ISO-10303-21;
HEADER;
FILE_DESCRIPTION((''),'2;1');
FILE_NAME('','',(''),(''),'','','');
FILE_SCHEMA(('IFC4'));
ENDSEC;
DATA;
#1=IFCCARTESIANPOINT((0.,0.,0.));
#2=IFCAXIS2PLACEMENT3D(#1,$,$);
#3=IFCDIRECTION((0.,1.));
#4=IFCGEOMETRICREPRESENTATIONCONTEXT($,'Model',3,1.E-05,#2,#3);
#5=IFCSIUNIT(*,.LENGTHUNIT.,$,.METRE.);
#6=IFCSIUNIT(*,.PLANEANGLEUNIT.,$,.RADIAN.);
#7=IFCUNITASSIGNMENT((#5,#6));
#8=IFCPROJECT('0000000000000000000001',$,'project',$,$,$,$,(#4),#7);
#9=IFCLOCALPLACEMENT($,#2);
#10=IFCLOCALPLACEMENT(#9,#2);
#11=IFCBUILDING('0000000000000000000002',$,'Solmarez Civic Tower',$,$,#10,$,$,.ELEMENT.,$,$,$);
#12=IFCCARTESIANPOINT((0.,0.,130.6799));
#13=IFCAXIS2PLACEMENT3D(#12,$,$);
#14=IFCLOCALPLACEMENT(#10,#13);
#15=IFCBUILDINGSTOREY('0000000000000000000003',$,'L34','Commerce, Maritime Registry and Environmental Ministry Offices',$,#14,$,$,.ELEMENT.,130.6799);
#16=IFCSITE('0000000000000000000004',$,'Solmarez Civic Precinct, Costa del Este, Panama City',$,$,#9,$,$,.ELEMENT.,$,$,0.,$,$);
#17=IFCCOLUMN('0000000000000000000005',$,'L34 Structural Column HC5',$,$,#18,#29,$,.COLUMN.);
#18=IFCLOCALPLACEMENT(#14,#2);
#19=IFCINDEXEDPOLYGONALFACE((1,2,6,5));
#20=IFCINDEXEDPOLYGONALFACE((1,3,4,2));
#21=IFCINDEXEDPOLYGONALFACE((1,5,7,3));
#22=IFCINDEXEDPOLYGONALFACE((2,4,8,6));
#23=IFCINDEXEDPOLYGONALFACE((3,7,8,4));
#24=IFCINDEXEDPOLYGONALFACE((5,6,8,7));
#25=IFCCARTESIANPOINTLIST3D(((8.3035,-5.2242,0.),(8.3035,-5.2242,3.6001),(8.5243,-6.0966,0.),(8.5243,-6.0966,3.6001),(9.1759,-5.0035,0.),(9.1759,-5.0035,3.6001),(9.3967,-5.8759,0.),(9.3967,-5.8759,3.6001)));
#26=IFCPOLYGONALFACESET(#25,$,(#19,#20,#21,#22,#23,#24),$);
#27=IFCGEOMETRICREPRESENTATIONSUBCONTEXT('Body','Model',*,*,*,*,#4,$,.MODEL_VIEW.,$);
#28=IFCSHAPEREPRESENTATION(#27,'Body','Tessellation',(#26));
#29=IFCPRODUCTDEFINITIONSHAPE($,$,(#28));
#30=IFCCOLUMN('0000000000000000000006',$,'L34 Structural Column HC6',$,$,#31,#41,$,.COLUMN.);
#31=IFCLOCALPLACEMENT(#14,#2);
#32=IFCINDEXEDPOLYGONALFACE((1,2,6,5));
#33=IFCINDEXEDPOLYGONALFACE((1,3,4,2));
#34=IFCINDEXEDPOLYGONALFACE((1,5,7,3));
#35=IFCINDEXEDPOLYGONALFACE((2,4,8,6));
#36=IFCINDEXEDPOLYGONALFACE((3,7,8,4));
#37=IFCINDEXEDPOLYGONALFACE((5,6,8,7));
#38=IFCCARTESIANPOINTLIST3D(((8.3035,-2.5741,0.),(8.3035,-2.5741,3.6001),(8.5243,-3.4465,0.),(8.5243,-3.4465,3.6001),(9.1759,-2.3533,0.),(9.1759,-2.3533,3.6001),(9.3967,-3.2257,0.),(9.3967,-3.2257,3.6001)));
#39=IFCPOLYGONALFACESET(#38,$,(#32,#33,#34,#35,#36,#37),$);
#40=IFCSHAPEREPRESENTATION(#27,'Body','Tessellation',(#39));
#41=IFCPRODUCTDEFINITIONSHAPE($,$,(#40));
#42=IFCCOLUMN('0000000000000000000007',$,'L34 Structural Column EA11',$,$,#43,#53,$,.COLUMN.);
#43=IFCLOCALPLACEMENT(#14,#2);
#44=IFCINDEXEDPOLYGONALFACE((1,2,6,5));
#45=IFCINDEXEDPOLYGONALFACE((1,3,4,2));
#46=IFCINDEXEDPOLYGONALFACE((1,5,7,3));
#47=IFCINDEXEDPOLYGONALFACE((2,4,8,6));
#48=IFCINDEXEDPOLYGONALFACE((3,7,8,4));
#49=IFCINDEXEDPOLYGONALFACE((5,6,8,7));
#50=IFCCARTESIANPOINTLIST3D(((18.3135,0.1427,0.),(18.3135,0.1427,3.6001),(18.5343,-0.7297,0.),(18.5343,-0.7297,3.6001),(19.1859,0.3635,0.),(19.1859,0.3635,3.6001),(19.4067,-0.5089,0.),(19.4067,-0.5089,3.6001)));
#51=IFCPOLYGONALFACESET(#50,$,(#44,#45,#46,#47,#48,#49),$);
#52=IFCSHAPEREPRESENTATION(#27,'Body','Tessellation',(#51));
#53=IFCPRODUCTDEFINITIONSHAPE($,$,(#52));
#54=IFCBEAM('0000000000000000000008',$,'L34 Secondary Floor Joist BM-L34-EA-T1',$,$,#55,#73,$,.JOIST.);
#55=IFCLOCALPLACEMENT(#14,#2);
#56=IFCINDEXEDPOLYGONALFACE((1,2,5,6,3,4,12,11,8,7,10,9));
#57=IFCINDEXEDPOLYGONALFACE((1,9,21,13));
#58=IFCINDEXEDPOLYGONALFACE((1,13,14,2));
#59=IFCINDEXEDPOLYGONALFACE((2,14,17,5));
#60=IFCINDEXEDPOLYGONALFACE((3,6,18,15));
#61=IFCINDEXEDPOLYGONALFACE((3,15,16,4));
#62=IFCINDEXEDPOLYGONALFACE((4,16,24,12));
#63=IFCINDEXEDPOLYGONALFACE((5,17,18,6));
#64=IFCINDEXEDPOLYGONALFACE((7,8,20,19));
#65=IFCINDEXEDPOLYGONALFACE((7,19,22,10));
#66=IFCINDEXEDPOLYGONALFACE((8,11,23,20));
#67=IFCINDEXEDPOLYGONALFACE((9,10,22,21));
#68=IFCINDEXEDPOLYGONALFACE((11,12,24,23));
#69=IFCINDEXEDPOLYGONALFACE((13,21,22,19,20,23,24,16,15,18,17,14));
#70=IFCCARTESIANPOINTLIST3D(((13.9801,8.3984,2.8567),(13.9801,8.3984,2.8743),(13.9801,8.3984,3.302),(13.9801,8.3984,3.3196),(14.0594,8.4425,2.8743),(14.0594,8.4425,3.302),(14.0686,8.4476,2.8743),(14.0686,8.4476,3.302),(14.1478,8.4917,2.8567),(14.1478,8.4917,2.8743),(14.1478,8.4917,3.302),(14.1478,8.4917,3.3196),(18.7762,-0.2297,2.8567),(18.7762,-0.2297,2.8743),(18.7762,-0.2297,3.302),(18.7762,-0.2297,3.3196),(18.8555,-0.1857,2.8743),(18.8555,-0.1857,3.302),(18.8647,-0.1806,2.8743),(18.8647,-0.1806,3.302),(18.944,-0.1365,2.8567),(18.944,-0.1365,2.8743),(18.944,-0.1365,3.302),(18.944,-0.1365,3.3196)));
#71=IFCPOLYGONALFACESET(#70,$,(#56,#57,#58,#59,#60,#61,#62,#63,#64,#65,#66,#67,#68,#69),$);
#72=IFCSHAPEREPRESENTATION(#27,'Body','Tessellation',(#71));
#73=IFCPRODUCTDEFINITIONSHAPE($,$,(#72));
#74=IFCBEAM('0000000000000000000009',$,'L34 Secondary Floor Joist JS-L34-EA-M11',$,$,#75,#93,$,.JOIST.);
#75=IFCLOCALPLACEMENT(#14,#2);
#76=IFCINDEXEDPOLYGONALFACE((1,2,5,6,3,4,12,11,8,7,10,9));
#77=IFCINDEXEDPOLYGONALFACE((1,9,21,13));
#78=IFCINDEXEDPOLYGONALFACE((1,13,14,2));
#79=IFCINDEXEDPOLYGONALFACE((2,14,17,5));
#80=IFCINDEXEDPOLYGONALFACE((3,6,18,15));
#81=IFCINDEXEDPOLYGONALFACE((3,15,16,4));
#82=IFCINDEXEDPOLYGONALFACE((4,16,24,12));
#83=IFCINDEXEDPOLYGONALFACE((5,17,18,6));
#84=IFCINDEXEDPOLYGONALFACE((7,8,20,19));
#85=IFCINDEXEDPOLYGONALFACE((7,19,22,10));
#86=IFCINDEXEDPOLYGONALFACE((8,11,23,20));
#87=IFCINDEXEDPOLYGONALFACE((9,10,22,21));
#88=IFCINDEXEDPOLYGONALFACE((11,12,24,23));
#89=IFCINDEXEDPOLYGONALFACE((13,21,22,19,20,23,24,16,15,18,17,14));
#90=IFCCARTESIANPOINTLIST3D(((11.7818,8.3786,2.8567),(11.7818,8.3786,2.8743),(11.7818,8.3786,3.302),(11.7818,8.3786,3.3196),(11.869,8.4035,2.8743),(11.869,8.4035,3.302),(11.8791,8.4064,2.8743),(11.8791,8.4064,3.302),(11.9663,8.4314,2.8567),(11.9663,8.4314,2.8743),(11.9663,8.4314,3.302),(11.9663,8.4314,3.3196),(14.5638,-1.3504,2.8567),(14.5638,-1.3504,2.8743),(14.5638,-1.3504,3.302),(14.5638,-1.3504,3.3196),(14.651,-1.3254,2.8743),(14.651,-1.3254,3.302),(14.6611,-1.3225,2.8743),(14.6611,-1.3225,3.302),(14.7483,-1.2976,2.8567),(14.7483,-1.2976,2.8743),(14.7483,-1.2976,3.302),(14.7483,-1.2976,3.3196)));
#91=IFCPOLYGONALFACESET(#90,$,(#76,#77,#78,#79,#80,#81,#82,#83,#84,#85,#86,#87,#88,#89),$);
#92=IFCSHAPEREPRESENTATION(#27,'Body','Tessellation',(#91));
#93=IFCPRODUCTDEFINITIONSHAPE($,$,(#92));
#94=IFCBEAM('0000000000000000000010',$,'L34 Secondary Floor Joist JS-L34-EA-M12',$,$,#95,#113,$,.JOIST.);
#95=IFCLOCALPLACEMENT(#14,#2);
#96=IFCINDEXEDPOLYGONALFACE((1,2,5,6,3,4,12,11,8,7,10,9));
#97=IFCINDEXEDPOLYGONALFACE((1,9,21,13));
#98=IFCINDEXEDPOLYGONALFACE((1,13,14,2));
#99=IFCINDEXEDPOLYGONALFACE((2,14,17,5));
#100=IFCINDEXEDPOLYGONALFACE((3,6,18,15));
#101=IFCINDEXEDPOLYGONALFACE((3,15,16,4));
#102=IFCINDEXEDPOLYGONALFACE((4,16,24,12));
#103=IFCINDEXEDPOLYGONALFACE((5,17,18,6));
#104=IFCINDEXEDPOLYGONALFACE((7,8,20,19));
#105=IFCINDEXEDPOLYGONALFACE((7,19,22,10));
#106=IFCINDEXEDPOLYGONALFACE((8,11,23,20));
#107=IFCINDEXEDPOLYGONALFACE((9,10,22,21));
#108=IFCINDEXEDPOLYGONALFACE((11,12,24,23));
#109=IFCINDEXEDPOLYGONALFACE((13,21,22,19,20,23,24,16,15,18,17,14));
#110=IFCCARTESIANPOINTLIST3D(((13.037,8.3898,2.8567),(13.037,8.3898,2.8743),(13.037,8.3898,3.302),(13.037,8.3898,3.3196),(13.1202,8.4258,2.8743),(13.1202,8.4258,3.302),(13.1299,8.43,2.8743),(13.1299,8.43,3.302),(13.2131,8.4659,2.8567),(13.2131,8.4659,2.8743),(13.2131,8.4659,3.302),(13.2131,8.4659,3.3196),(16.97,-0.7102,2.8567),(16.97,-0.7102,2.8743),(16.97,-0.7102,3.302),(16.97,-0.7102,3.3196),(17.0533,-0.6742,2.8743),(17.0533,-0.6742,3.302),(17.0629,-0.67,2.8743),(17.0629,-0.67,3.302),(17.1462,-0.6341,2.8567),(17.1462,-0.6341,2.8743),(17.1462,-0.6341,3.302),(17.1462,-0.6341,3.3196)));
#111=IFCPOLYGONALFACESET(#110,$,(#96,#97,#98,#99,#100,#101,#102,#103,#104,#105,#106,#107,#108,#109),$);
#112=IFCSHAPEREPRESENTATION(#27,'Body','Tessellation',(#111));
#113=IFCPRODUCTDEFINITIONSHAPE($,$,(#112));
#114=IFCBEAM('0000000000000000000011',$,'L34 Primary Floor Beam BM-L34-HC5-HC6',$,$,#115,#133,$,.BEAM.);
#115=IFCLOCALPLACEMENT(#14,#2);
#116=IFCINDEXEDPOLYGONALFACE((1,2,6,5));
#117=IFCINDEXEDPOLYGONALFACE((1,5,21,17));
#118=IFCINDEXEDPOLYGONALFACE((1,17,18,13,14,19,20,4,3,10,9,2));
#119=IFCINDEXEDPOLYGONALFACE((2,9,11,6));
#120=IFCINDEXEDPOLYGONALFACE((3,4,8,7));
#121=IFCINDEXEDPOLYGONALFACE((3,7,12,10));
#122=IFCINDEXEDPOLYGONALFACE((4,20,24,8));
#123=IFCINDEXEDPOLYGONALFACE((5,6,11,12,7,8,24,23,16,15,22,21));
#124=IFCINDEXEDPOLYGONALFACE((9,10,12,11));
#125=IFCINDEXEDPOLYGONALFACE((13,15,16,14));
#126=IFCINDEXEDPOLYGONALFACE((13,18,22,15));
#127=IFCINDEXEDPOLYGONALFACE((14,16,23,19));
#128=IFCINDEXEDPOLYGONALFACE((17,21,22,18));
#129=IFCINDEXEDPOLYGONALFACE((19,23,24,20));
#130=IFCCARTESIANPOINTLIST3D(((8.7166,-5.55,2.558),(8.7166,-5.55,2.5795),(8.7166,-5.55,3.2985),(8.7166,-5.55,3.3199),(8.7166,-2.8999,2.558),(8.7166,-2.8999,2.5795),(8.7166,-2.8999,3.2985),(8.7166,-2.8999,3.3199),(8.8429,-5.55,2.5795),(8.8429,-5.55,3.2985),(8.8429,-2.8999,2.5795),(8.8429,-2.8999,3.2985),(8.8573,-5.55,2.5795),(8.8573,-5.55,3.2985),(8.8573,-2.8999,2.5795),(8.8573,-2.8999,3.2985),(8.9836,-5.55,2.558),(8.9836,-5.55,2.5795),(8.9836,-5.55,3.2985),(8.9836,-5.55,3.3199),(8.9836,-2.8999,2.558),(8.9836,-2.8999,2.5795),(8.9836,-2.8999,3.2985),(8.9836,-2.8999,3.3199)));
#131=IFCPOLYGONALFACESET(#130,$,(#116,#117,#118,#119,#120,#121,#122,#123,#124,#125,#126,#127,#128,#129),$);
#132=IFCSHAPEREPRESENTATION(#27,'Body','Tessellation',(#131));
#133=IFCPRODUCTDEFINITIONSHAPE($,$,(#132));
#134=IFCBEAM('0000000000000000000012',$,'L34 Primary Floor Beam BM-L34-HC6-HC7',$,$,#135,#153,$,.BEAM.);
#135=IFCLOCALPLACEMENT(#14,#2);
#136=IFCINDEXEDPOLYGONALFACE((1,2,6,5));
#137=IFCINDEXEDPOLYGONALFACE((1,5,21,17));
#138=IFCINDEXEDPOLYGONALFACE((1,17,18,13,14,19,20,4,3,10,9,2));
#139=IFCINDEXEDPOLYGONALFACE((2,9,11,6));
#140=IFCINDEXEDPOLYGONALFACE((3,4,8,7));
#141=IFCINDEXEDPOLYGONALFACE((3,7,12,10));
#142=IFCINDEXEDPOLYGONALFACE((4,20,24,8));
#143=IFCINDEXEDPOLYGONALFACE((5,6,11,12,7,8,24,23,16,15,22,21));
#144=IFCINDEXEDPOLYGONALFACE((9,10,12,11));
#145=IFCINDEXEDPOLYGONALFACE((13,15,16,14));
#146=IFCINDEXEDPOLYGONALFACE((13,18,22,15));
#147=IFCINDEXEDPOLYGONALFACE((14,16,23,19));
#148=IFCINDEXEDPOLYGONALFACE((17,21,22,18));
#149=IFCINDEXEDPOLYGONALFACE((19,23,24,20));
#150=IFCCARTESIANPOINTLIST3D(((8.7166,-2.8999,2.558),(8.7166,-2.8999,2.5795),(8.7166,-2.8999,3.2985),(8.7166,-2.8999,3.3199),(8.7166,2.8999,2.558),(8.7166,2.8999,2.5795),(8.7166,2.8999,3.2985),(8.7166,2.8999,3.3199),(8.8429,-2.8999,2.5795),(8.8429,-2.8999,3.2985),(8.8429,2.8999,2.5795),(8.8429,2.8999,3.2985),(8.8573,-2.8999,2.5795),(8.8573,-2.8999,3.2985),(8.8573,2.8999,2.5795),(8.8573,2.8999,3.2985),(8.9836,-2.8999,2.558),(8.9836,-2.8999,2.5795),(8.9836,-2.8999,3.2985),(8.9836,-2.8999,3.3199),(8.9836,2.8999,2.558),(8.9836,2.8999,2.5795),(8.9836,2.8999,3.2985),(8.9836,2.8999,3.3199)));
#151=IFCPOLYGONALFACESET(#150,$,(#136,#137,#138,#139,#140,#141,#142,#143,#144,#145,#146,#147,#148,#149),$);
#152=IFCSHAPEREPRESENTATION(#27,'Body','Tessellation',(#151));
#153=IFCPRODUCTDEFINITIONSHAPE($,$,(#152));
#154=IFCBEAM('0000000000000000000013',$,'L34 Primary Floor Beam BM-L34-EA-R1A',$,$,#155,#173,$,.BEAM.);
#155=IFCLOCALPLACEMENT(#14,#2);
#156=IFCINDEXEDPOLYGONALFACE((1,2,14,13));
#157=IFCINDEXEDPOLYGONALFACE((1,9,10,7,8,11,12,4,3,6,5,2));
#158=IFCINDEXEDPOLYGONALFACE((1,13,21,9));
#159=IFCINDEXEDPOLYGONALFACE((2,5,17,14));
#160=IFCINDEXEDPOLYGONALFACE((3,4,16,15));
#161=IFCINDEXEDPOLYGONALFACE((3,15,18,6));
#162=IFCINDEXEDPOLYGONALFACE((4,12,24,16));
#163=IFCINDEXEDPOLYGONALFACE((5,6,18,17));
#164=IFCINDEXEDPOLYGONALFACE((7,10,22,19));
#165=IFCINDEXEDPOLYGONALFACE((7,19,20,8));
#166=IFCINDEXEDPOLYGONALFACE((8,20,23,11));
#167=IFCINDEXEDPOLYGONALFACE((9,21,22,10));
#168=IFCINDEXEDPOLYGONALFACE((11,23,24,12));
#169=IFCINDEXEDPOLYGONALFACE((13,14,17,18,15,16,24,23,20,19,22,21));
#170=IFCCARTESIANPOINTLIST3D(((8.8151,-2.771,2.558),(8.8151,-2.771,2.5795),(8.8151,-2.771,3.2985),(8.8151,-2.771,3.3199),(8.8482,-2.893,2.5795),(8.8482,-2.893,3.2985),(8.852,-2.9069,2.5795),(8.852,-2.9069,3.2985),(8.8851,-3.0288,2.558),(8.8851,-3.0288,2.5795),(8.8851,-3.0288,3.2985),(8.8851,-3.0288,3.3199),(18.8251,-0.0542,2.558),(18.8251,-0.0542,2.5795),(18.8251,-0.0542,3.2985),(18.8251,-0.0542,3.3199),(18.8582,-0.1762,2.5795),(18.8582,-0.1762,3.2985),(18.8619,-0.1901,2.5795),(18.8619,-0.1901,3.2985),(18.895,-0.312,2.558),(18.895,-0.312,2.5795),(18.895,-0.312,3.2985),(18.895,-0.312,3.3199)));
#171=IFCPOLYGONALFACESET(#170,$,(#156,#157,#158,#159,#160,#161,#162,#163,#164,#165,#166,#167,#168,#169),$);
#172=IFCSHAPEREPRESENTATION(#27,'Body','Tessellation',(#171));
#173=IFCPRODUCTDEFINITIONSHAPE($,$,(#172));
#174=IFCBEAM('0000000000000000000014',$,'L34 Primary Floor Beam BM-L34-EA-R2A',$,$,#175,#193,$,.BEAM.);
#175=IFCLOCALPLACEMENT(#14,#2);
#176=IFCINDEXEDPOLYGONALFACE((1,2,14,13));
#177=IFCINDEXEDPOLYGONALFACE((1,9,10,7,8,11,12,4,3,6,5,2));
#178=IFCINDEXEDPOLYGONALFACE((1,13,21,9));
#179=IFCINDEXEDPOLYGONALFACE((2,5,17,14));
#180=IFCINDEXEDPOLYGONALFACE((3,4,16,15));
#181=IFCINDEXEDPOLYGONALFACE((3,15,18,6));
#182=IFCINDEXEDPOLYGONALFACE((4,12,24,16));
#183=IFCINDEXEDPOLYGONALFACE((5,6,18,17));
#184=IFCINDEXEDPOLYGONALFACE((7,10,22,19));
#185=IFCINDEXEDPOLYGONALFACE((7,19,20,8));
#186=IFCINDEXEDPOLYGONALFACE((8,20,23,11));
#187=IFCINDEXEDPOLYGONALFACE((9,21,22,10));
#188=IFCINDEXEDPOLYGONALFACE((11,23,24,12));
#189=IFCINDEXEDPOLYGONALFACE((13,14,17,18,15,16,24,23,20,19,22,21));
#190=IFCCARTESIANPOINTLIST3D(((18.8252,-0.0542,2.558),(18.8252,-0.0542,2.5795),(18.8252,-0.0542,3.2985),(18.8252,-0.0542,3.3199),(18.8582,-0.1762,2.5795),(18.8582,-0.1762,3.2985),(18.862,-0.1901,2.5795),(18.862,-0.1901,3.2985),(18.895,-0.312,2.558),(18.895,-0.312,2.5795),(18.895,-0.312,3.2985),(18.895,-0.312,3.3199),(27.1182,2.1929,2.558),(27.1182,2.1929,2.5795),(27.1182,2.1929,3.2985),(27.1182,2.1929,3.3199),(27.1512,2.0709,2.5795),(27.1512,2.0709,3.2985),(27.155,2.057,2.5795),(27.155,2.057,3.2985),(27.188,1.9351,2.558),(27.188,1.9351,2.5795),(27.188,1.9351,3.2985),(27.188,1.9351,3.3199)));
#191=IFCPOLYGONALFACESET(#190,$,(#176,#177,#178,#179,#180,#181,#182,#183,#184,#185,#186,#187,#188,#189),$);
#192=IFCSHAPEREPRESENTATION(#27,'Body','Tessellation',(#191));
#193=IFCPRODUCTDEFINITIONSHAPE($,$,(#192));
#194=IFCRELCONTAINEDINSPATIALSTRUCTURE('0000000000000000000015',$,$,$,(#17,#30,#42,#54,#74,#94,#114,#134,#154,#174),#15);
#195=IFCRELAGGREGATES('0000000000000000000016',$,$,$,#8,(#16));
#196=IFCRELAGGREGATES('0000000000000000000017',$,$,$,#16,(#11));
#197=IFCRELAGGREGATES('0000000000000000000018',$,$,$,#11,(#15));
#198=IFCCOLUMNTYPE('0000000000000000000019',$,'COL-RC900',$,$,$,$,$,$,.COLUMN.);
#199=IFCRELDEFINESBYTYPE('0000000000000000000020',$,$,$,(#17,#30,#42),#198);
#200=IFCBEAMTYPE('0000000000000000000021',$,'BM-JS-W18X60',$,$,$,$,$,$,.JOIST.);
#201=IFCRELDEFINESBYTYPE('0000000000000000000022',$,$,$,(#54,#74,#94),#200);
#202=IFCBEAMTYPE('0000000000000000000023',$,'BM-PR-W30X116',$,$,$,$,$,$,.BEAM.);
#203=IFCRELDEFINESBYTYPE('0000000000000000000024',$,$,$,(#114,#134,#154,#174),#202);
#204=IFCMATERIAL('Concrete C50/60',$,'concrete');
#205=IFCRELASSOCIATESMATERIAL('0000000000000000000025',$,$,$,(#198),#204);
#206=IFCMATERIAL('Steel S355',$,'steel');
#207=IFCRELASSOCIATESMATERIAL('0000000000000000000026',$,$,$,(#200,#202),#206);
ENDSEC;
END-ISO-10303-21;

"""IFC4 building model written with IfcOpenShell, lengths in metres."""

from ifc_helpers import new_model, si_unit, direction, frame, origin, origin_2d, place, context, subcontext, project, spatial, rectangle, i_section, extrude, material, material_profile, profile_set, type_object, element, save


model = new_model("IFC4")

# Units and contexts
model_context = context("Model", 3, precision=1e-05, world=origin(), true_north=direction((0.0, 1.0)))
body_context = subcontext(model_context, "Body", "Model", "MODEL_VIEW")
ifc_project = project(units=[si_unit("LENGTHUNIT", "METRE"), si_unit("PLANEANGLEUNIT", "RADIAN")], contexts=[model_context])

# Site, building, storey
site_placement = place(None, origin())
site = spatial("IfcSite", under=ifc_project, at=site_placement, Name="Solmarez Civic Precinct, Costa del Este, Panama City", CompositionType="ELEMENT", RefElevation=0.0)
building_placement = place(site_placement, origin())
building = spatial("IfcBuilding", under=site, at=building_placement, Name="Solmarez Civic Tower", CompositionType="ELEMENT")
storey_placement = place(building_placement, frame((0.0, 0.0, 130.6799)))
storey = spatial("IfcBuildingStorey", under=building, at=storey_placement, Name="L34", Description="Commerce, Maritime Registry and Environmental Ministry Offices", CompositionType="ELEMENT", Elevation=130.6799)

# Columns
ifc_material_1 = material(Name="Concrete C50/60", Category="concrete")
ifc_material_profile_1 = material_profile(ifc_material_1, rectangle(XDim=0.8999, YDim=0.8999, at=origin_2d()), Name="RC900X900")
ifc_profile_set_1 = profile_set([ifc_material_profile_1], Name="Concrete C50/60")
column_type = type_object("IfcColumnType", Name="COL-RC900", PredefinedType="COLUMN", material=ifc_profile_set_1)
for number, where, z_axis, x_axis, name in (
    (1, (8.8501, -5.55, 0.0), (0.0, 0.0, 1.0), (0.969445, 0.245307, 0.0), "L34 Structural Column HC5"),
    (2, (8.8501, -2.8999, 0.0), (0.0, 0.0, 1.0), (0.969445, 0.245307, 0.0), "L34 Structural Column HC6"),
    (3, (18.8601, -0.1831, 0.0), (0.0, 0.0, 1.0), (0.969445, 0.245307, 0.0), "L34 Structural Column EA11"),
):
    element("IfcColumn", number, at=place(storey_placement, frame(where, z_axis=z_axis, x_axis=x_axis)), inside=storey, type_object=column_type, Name=name, PredefinedType="COLUMN", context=body_context, shape_type="SweptSolid", body=[
        extrude(rectangle(XDim=0.8999, YDim=0.8999, at=origin_2d()), origin(), (0.0, 0.0, 1.0), 3.6001),
    ])

# Beams
ifc_material_2 = material(Name="Steel S355", Category="steel")
ifc_material_profile_2 = material_profile(ifc_material_2, i_section(OverallWidth=0.1919, OverallDepth=0.4629, WebThickness=0.0105, FlangeThickness=0.0176, at=origin_2d()), Name="W18X60")
ifc_profile_set_2 = profile_set([ifc_material_profile_2], Name="Steel S355")
beam_type_1 = type_object("IfcBeamType", Name="BM-JS-W18X60", PredefinedType="JOIST", material=ifc_profile_set_2)
beam_1_placement = place(storey_placement, frame((18.8601, -0.1831, 3.0881), z_axis=(-0.485853, 0.874041, 0.0), x_axis=(-0.874041, -0.485853, 0.0)))
element("IfcBeam", 4, at=beam_1_placement, inside=storey, type_object=beam_type_1, Name="L34 Secondary Floor Joist BM-L34-EA-T1", PredefinedType="JOIST", context=body_context, shape_type="SweptSolid", body=[
    extrude(i_section(OverallWidth=0.1919, OverallDepth=0.4629, WebThickness=0.0105, FlangeThickness=0.0176, at=origin_2d()), origin(), (0.0, 0.0, 1.0), 9.8716),
])
beam_2_placement = place(storey_placement, frame((14.656, -1.324, 3.0881), z_axis=(-0.274928, 0.961465, 0.0), x_axis=(-0.961465, -0.274928, 0.0)))
element("IfcBeam", 5, at=beam_2_placement, inside=storey, type_object=beam_type_1, Name="L34 Secondary Floor Joist JS-L34-EA-M11", PredefinedType="JOIST", context=body_context, shape_type="SweptSolid", body=[
    extrude(i_section(OverallWidth=0.1919, OverallDepth=0.4629, WebThickness=0.0105, FlangeThickness=0.0176, at=origin_2d()), origin(), (0.0, 0.0, 1.0), 10.1189),
])
beam_3_placement = place(storey_placement, frame((17.0581, -0.6721, 3.0881), z_axis=(-0.396735, 0.917933, 0.0), x_axis=(-0.917933, -0.396735, 0.0)))
element("IfcBeam", 6, at=beam_3_placement, inside=storey, type_object=beam_type_1, Name="L34 Secondary Floor Joist JS-L34-EA-M12", PredefinedType="JOIST", context=body_context, shape_type="SweptSolid", body=[
    extrude(i_section(OverallWidth=0.1919, OverallDepth=0.4629, WebThickness=0.0105, FlangeThickness=0.0176, at=origin_2d()), origin(), (0.0, 0.0, 1.0), 9.9136),
])
ifc_material_profile_3 = material_profile(ifc_material_2, i_section(OverallWidth=0.2671, OverallDepth=0.762, WebThickness=0.0144, FlangeThickness=0.0215, at=origin_2d()), Name="W30X116")
ifc_profile_set_3 = profile_set([ifc_material_profile_3], Name="Steel S355")
beam_type_2 = type_object("IfcBeamType", Name="BM-PR-W30X116", PredefinedType="BEAM", material=ifc_profile_set_3)
beam_4_placement = place(storey_placement, frame((8.8501, -5.55, 2.939), z_axis=(0.0, 1.0, 0.0), x_axis=(-1.0, 0.0, 0.0)))
element("IfcBeam", 7, at=beam_4_placement, inside=storey, type_object=beam_type_2, Name="L34 Primary Floor Beam BM-L34-HC5-HC6", PredefinedType="BEAM", context=body_context, shape_type="SweptSolid", body=[
    extrude(i_section(OverallWidth=0.2671, OverallDepth=0.762, WebThickness=0.0144, FlangeThickness=0.0215, at=origin_2d()), origin(), (0.0, 0.0, 1.0), 2.6501),
])
beam_5_placement = place(storey_placement, frame((8.8501, -2.8999, 2.939), z_axis=(0.0, 1.0, 0.0), x_axis=(-1.0, 0.0, 0.0)))
element("IfcBeam", 8, at=beam_5_placement, inside=storey, type_object=beam_type_2, Name="L34 Primary Floor Beam BM-L34-HC6-HC7", PredefinedType="BEAM", context=body_context, shape_type="SweptSolid", body=[
    extrude(i_section(OverallWidth=0.2671, OverallDepth=0.762, WebThickness=0.0144, FlangeThickness=0.0215, at=origin_2d()), origin(), (0.0, 0.0, 1.0), 5.7998),
])
beam_6_placement = place(storey_placement, frame((8.8501, -2.8999, 2.939), z_axis=(0.965086, 0.261932, 0.0), x_axis=(-0.261932, 0.965086, 0.0)))
element("IfcBeam", 9, at=beam_6_placement, inside=storey, type_object=beam_type_2, Name="L34 Primary Floor Beam BM-L34-EA-R1A", PredefinedType="BEAM", context=body_context, shape_type="SweptSolid", body=[
    extrude(i_section(OverallWidth=0.2671, OverallDepth=0.762, WebThickness=0.0144, FlangeThickness=0.0215, at=origin_2d()), origin(), (0.0, 0.0, 1.0), 10.3721),
])
beam_7_placement = place(storey_placement, frame((18.8601, -0.1831, 2.939), z_axis=(0.965195, 0.26153, 0.0), x_axis=(-0.26153, 0.965195, 0.0)))
element("IfcBeam", 10, at=beam_7_placement, inside=storey, type_object=beam_type_2, Name="L34 Primary Floor Beam BM-L34-EA-R2A", PredefinedType="BEAM", context=body_context, shape_type="SweptSolid", body=[
    extrude(i_section(OverallWidth=0.2671, OverallDepth=0.762, WebThickness=0.0144, FlangeThickness=0.0215, at=origin_2d()), origin(), (0.0, 0.0, 1.0), 8.592),
])

save(model, "model.ifc")
